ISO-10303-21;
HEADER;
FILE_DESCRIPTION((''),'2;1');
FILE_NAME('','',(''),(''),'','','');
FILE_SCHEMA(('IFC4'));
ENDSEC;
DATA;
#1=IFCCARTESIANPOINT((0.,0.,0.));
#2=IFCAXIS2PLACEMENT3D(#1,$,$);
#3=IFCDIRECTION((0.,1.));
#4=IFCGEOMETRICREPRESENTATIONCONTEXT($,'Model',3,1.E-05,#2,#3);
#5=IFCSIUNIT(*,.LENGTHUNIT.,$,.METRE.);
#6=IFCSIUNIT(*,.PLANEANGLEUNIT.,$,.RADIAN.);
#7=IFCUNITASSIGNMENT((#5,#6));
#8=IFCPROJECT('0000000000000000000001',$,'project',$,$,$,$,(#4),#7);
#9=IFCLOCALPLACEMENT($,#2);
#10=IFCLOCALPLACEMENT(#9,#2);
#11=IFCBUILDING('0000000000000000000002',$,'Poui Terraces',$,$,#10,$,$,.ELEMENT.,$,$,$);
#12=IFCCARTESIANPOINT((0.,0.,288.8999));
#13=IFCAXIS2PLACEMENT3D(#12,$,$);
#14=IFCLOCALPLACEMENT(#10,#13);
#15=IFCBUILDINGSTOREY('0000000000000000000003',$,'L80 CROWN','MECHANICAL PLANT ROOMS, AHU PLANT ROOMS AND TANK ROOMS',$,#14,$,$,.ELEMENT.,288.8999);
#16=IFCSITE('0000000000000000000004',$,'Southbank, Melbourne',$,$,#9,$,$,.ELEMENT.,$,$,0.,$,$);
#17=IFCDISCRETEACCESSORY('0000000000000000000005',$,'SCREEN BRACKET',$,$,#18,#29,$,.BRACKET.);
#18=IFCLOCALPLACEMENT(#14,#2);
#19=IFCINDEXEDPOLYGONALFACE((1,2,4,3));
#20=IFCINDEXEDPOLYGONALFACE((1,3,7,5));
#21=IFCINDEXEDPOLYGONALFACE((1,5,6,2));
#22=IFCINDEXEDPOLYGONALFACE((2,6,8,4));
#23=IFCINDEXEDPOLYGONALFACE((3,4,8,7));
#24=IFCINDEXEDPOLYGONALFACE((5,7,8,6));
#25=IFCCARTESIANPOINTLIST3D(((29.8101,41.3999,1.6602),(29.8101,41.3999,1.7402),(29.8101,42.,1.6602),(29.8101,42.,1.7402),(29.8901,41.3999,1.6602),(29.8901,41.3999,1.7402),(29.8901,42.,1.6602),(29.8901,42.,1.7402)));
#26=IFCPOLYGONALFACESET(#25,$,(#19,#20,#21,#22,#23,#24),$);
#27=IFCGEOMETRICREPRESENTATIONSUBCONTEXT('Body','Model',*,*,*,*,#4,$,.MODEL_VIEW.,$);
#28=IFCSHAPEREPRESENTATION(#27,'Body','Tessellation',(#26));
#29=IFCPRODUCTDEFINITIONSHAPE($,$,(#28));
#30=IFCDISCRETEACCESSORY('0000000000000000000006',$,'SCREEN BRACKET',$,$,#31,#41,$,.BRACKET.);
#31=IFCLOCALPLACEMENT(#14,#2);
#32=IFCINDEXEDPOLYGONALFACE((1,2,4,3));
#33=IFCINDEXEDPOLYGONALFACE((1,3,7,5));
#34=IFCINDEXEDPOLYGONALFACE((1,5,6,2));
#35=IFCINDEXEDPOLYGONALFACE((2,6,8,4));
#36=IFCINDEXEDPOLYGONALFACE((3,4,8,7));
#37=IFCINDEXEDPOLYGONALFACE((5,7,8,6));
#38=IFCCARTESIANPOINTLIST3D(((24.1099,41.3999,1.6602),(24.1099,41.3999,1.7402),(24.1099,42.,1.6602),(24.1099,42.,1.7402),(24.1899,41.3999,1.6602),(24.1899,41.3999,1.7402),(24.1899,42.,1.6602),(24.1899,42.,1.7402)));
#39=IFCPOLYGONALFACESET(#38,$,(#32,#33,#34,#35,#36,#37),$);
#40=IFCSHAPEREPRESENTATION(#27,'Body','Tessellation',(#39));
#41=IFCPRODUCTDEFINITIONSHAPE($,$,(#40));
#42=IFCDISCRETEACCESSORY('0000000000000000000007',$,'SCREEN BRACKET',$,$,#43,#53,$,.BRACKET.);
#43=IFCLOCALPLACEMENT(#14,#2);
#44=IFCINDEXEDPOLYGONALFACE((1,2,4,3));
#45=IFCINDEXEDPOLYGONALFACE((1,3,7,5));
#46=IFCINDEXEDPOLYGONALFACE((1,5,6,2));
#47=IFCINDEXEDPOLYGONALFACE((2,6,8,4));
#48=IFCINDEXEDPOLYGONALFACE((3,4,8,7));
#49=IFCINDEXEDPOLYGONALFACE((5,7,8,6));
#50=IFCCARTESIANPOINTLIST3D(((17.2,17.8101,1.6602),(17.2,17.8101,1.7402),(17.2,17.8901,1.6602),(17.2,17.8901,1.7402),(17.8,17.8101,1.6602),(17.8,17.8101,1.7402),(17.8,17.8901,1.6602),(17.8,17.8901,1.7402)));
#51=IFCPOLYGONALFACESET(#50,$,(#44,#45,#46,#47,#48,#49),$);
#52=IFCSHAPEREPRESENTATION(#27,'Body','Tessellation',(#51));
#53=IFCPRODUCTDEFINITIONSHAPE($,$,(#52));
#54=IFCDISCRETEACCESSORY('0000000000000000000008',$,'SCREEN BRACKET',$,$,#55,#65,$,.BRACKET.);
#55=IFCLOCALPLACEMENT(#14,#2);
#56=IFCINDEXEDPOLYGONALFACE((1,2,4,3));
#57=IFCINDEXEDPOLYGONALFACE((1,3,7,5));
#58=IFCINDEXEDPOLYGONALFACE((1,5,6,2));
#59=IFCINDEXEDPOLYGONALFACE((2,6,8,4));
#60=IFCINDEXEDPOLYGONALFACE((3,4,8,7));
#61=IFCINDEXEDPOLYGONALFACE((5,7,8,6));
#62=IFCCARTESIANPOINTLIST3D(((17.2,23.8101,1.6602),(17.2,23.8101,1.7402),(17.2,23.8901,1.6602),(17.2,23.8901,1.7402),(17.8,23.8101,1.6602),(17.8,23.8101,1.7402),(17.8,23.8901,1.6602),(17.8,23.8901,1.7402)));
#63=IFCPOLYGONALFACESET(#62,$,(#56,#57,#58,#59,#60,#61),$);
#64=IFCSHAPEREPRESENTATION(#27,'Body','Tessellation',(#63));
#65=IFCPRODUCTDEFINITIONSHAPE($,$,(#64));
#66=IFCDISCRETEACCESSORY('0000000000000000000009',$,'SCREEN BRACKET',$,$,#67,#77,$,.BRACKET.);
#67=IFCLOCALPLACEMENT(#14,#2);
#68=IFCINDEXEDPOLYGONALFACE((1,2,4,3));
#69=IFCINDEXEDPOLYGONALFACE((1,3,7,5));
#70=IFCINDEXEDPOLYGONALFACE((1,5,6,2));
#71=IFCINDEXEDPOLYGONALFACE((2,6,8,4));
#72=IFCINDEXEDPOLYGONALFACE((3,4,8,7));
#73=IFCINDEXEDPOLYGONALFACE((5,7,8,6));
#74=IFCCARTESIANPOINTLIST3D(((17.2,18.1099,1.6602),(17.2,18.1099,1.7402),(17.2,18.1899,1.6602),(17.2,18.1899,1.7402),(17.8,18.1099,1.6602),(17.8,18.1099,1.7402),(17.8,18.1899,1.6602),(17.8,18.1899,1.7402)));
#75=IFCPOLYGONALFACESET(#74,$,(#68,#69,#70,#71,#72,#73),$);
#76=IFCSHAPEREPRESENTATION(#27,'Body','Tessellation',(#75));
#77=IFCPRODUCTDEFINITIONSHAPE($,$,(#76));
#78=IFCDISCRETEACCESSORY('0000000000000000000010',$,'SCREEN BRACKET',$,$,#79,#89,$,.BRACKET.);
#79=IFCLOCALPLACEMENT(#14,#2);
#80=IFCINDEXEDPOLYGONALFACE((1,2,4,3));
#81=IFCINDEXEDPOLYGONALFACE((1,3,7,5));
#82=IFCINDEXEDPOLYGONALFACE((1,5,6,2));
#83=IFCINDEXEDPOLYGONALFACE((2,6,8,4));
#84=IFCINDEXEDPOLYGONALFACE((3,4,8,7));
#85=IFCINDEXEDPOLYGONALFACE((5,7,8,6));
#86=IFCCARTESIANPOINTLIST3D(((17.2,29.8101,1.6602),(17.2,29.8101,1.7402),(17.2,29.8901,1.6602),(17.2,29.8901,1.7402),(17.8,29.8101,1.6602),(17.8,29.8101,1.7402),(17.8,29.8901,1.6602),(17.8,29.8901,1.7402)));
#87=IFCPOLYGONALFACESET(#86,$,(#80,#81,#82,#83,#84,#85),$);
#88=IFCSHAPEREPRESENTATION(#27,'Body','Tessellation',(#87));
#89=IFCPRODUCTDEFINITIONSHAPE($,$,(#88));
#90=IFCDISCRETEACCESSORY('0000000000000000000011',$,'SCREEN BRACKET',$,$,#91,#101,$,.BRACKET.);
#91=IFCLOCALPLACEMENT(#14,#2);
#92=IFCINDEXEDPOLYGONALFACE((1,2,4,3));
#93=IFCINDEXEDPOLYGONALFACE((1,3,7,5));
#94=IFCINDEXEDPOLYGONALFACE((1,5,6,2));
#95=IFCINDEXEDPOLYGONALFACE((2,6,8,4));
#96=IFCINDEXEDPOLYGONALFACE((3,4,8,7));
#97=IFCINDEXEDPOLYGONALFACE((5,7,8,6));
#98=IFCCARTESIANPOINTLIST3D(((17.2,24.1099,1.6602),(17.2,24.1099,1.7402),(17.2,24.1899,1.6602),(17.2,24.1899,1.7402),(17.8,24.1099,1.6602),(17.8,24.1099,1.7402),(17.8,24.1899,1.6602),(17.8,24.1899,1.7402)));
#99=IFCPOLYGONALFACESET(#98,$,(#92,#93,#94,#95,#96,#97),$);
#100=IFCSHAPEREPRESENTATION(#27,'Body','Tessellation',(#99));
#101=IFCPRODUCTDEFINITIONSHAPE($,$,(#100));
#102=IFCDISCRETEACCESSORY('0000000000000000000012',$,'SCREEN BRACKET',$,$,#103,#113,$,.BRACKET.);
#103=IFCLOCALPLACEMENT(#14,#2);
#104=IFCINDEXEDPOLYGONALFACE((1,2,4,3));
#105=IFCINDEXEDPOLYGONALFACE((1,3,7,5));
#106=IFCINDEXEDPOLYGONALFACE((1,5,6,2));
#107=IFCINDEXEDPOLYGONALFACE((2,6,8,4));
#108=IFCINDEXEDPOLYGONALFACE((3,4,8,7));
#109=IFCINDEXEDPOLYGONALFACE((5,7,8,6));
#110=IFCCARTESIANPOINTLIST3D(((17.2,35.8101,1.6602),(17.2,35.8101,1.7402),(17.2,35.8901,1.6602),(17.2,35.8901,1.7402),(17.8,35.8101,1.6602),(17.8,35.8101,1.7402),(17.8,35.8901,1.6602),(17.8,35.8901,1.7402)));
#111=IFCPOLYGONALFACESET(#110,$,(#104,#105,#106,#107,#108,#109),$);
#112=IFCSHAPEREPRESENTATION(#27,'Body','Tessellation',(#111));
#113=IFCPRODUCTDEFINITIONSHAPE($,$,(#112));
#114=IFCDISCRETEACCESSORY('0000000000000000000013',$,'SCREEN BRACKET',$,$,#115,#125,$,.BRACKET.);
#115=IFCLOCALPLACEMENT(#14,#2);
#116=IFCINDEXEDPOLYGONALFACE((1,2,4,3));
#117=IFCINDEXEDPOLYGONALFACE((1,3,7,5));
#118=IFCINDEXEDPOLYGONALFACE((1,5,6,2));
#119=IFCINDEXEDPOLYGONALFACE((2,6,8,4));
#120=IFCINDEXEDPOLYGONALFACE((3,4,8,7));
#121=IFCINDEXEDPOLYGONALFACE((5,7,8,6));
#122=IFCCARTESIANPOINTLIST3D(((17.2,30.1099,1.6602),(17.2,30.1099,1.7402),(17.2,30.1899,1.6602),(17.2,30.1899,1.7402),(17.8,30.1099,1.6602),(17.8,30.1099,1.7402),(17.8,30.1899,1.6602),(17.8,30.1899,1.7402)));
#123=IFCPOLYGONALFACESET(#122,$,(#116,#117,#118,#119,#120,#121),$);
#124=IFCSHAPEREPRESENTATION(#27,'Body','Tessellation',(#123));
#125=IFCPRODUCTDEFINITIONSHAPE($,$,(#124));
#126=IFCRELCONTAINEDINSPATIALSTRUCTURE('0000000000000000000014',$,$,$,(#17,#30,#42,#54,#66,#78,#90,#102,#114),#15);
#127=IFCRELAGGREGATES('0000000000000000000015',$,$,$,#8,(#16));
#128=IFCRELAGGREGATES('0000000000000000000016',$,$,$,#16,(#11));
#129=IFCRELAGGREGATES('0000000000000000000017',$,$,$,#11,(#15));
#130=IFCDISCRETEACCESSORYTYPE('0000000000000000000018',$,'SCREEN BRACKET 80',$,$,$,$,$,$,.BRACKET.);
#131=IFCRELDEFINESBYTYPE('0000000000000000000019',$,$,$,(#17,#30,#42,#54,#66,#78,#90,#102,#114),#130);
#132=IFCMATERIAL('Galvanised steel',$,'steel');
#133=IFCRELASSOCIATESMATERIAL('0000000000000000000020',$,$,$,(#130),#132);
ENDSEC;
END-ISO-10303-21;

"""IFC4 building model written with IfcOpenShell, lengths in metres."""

from ifc_helpers import new_model, si_unit, direction, frame, origin, origin_2d, place, context, subcontext, project, spatial, rectangle, extrude, source, transform, mapped, material, material_profile, profile_set, type_object, element, save


model = new_model("IFC4")

# Units and contexts
model_context = context("Model", 3, precision=1e-05, world=origin(), true_north=direction((0.0, 1.0)))
body_context = subcontext(model_context, "Body", "Model", "MODEL_VIEW")
ifc_project = project(units=[si_unit("LENGTHUNIT", "METRE"), si_unit("PLANEANGLEUNIT", "RADIAN")], contexts=[model_context])

# Site, building, storey
site_placement = place(None, origin())
site = spatial("IfcSite", under=ifc_project, at=site_placement, Name="Southbank, Melbourne", CompositionType="ELEMENT", RefElevation=0.0)
building_placement = place(site_placement, origin())
building = spatial("IfcBuilding", under=site, at=building_placement, Name="Poui Terraces", CompositionType="ELEMENT")
storey_placement = place(building_placement, frame((0.0, 0.0, 288.8999)))
storey = spatial("IfcBuildingStorey", under=building, at=storey_placement, Name="L80 CROWN", Description="MECHANICAL PLANT ROOMS, AHU PLANT ROOMS AND TANK ROOMS", CompositionType="ELEMENT", Elevation=288.8999)

# Discrete accessories
ifc_material_1 = material(Name="Galvanised steel", Category="steel")
ifc_material_profile_1 = material_profile(ifc_material_1, rectangle(XDim=0.0801, YDim=0.0801, at=origin_2d()), Name="SCREEN BRACKET 80")
ifc_profile_set_1 = profile_set([ifc_material_profile_1], Name="Galvanised steel")
discrete_accessory_type = type_object("IfcDiscreteAccessoryType", Name="SCREEN BRACKET 80", PredefinedType="BRACKET", material=ifc_profile_set_1)
shared_shape_1 = source(origin(), body_context, "Body", "SweptSolid", [
    extrude(rectangle(XDim=0.0801, YDim=0.0801, at=origin_2d()), origin(), (0.0, 0.0, 1.0), 0.6001),
])
for number, where, z_axis, x_axis, name in (
    (1, (29.8501, 41.3999, 1.7002), (0.0, 1.0, 0.0), (-1.0, 0.0, 0.0), "SCREEN BRACKET"),
    (2, (24.1499, 41.3999, 1.7002), (0.0, 1.0, 0.0), (-1.0, 0.0, 0.0), "SCREEN BRACKET"),
    (3, (17.8, 17.8501, 1.7002), (-1.0, 0.0, 0.0), (0.0, -1.0, 0.0), "SCREEN BRACKET"),
    (4, (17.8, 23.8501, 1.7002), (-1.0, 0.0, 0.0), (0.0, -1.0, 0.0), "SCREEN BRACKET"),
    (5, (17.8, 18.1499, 1.7002), (-1.0, 0.0, 0.0), (0.0, -1.0, 0.0), "SCREEN BRACKET"),
    (6, (17.8, 29.8501, 1.7002), (-1.0, 0.0, 0.0), (0.0, -1.0, 0.0), "SCREEN BRACKET"),
    (7, (17.8, 24.1499, 1.7002), (-1.0, 0.0, 0.0), (0.0, -1.0, 0.0), "SCREEN BRACKET"),
    (8, (17.8, 35.8501, 1.7002), (-1.0, 0.0, 0.0), (0.0, -1.0, 0.0), "SCREEN BRACKET"),
    (9, (17.8, 30.1499, 1.7002), (-1.0, 0.0, 0.0), (0.0, -1.0, 0.0), "SCREEN BRACKET"),
):
    element("IfcDiscreteAccessory", number, at=place(storey_placement, frame(where, z_axis=z_axis, x_axis=x_axis)), inside=storey, type_object=discrete_accessory_type, Name=name, PredefinedType="BRACKET", context=body_context, shape_type="MappedRepresentation", body=[
        mapped(shared_shape_1, transform((0.0, 0.0, 0.0))),
    ])

save(model, "model.ifc")
